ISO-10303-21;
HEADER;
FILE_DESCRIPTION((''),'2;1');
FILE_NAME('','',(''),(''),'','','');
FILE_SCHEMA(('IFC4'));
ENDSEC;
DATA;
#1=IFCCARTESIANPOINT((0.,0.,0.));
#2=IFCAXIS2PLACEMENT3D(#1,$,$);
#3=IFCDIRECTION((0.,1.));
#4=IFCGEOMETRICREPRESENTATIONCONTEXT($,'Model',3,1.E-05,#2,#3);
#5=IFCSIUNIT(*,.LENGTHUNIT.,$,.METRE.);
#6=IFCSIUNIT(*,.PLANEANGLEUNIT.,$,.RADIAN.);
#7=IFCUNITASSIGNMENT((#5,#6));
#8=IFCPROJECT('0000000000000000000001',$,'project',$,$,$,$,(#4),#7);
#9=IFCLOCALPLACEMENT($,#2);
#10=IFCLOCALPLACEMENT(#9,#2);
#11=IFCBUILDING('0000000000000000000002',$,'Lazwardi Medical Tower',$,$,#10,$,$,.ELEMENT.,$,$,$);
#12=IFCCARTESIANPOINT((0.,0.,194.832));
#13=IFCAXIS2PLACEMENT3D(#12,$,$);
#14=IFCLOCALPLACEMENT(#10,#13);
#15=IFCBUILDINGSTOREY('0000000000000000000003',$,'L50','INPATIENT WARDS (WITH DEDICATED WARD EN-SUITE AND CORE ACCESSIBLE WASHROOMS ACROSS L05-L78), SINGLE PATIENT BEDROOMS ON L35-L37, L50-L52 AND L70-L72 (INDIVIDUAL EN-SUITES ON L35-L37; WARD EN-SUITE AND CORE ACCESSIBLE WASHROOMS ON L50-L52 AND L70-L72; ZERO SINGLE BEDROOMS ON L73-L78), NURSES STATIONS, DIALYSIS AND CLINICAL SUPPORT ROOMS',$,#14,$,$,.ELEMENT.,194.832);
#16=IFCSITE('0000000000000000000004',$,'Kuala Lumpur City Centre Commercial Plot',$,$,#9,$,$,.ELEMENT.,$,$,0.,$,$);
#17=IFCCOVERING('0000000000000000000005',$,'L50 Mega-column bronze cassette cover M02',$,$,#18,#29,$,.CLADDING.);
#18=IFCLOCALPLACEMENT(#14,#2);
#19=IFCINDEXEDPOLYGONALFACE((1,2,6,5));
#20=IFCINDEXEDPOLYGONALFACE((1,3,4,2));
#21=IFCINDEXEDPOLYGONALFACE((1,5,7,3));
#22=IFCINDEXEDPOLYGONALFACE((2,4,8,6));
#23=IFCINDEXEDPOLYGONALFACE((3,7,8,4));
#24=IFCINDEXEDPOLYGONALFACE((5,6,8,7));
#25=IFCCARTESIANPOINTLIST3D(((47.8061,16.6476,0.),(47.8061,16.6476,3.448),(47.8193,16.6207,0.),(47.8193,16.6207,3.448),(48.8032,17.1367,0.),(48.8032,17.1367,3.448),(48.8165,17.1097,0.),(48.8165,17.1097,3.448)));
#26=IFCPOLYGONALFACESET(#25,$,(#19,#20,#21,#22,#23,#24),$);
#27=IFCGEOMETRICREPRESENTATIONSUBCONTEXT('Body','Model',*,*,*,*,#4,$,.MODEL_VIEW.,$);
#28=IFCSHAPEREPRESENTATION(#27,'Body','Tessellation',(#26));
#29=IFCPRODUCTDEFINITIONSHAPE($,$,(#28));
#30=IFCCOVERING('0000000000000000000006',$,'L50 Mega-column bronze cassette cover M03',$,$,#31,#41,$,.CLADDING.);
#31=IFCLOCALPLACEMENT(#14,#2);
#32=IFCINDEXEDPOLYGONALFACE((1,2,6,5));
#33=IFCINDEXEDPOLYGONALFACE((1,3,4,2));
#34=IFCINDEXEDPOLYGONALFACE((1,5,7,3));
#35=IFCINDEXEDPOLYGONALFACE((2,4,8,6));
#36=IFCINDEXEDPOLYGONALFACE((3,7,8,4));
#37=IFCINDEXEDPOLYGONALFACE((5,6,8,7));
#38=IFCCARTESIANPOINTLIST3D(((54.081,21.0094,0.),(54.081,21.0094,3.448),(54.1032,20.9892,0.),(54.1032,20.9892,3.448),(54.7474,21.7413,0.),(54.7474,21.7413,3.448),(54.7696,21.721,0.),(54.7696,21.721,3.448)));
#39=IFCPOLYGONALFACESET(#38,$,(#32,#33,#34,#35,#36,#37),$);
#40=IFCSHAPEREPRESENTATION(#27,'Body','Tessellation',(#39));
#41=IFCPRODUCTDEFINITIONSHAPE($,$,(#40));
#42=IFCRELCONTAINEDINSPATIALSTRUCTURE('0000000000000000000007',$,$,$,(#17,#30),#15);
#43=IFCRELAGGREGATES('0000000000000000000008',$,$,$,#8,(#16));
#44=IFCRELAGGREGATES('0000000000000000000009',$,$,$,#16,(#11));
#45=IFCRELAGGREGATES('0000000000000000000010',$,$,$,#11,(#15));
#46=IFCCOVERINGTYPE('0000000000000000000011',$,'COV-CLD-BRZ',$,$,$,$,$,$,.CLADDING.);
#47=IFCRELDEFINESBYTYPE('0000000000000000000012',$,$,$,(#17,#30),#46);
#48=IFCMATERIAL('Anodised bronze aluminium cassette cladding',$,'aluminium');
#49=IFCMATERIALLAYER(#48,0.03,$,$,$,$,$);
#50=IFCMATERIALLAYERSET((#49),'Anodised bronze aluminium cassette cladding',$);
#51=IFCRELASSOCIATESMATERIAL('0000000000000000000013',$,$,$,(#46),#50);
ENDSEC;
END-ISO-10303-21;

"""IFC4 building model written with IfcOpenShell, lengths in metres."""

from ifc_helpers import new_model, si_unit, direction, frame, origin, origin_2d, place, context, subcontext, project, spatial, rectangle, extrude, material, layer, layer_set, type_object, element, save


model = new_model("IFC4")

# Units and contexts
model_context = context("Model", 3, precision=1e-05, world=origin(), true_north=direction((0.0, 1.0)))
body_context = subcontext(model_context, "Body", "Model", "MODEL_VIEW")
ifc_project = project(units=[si_unit("LENGTHUNIT", "METRE"), si_unit("PLANEANGLEUNIT", "RADIAN")], contexts=[model_context])

# Site, building, storey
site_placement = place(None, origin())
site = spatial("IfcSite", under=ifc_project, at=site_placement, Name="Kuala Lumpur City Centre Commercial Plot", CompositionType="ELEMENT", RefElevation=0.0)
building_placement = place(site_placement, origin())
building = spatial("IfcBuilding", under=site, at=building_placement, Name="Lazwardi Medical Tower", CompositionType="ELEMENT")
storey_placement = place(building_placement, frame((0.0, 0.0, 194.832)))
storey = spatial("IfcBuildingStorey", under=building, at=storey_placement, Name="L50", Description="INPATIENT WARDS (WITH DEDICATED WARD EN-SUITE AND CORE ACCESSIBLE WASHROOMS ACROSS L05-L78), SINGLE PATIENT BEDROOMS ON L35-L37, L50-L52 AND L70-L72 (INDIVIDUAL EN-SUITES ON L35-L37; WARD EN-SUITE AND CORE ACCESSIBLE WASHROOMS ON L50-L52 AND L70-L72; ZERO SINGLE BEDROOMS ON L73-L78), NURSES STATIONS, DIALYSIS AND CLINICAL SUPPORT ROOMS", CompositionType="ELEMENT", Elevation=194.832)

# Coverings
ifc_material_1 = material(Name="Anodised bronze aluminium cassette cladding", Category="aluminium")
ifc_layer_1 = layer(ifc_material_1, 0.03)
ifc_layer_set_1 = layer_set([ifc_layer_1], Name="Anodised bronze aluminium cassette cladding")
covering_type = type_object("IfcCoveringType", Name="COV-CLD-BRZ", PredefinedType="CLADDING", material=ifc_layer_set_1)
covering_1_placement = place(storey_placement, frame((48.3113, 16.8787, 0.0), z_axis=(0.0, 0.0, 1.0), x_axis=(0.89784, 0.440322, 0.0)))
element("IfcCovering", 1, at=covering_1_placement, inside=storey, type_object=covering_type, Name="L50 Mega-column bronze cassette cover M02", PredefinedType="CLADDING", context=body_context, shape_type="SweptSolid", body=[
    extrude(rectangle(XDim=1.1106, YDim=0.03, at=origin_2d()), origin(), (0.0, 0.0, 1.0), 3.448),
])
covering_2_placement = place(storey_placement, frame((54.4253, 21.3652, 0.0), z_axis=(0.0, 0.0, 1.0), x_axis=(0.673241, 0.739423, 0.0)))
element("IfcCovering", 2, at=covering_2_placement, inside=storey, type_object=covering_type, Name="L50 Mega-column bronze cassette cover M03", PredefinedType="CLADDING", context=body_context, shape_type="SweptSolid", body=[
    extrude(rectangle(XDim=0.9897, YDim=0.03, at=origin_2d()), origin(), (0.0, 0.0, 1.0), 3.448),
])

save(model, "model.ifc")
